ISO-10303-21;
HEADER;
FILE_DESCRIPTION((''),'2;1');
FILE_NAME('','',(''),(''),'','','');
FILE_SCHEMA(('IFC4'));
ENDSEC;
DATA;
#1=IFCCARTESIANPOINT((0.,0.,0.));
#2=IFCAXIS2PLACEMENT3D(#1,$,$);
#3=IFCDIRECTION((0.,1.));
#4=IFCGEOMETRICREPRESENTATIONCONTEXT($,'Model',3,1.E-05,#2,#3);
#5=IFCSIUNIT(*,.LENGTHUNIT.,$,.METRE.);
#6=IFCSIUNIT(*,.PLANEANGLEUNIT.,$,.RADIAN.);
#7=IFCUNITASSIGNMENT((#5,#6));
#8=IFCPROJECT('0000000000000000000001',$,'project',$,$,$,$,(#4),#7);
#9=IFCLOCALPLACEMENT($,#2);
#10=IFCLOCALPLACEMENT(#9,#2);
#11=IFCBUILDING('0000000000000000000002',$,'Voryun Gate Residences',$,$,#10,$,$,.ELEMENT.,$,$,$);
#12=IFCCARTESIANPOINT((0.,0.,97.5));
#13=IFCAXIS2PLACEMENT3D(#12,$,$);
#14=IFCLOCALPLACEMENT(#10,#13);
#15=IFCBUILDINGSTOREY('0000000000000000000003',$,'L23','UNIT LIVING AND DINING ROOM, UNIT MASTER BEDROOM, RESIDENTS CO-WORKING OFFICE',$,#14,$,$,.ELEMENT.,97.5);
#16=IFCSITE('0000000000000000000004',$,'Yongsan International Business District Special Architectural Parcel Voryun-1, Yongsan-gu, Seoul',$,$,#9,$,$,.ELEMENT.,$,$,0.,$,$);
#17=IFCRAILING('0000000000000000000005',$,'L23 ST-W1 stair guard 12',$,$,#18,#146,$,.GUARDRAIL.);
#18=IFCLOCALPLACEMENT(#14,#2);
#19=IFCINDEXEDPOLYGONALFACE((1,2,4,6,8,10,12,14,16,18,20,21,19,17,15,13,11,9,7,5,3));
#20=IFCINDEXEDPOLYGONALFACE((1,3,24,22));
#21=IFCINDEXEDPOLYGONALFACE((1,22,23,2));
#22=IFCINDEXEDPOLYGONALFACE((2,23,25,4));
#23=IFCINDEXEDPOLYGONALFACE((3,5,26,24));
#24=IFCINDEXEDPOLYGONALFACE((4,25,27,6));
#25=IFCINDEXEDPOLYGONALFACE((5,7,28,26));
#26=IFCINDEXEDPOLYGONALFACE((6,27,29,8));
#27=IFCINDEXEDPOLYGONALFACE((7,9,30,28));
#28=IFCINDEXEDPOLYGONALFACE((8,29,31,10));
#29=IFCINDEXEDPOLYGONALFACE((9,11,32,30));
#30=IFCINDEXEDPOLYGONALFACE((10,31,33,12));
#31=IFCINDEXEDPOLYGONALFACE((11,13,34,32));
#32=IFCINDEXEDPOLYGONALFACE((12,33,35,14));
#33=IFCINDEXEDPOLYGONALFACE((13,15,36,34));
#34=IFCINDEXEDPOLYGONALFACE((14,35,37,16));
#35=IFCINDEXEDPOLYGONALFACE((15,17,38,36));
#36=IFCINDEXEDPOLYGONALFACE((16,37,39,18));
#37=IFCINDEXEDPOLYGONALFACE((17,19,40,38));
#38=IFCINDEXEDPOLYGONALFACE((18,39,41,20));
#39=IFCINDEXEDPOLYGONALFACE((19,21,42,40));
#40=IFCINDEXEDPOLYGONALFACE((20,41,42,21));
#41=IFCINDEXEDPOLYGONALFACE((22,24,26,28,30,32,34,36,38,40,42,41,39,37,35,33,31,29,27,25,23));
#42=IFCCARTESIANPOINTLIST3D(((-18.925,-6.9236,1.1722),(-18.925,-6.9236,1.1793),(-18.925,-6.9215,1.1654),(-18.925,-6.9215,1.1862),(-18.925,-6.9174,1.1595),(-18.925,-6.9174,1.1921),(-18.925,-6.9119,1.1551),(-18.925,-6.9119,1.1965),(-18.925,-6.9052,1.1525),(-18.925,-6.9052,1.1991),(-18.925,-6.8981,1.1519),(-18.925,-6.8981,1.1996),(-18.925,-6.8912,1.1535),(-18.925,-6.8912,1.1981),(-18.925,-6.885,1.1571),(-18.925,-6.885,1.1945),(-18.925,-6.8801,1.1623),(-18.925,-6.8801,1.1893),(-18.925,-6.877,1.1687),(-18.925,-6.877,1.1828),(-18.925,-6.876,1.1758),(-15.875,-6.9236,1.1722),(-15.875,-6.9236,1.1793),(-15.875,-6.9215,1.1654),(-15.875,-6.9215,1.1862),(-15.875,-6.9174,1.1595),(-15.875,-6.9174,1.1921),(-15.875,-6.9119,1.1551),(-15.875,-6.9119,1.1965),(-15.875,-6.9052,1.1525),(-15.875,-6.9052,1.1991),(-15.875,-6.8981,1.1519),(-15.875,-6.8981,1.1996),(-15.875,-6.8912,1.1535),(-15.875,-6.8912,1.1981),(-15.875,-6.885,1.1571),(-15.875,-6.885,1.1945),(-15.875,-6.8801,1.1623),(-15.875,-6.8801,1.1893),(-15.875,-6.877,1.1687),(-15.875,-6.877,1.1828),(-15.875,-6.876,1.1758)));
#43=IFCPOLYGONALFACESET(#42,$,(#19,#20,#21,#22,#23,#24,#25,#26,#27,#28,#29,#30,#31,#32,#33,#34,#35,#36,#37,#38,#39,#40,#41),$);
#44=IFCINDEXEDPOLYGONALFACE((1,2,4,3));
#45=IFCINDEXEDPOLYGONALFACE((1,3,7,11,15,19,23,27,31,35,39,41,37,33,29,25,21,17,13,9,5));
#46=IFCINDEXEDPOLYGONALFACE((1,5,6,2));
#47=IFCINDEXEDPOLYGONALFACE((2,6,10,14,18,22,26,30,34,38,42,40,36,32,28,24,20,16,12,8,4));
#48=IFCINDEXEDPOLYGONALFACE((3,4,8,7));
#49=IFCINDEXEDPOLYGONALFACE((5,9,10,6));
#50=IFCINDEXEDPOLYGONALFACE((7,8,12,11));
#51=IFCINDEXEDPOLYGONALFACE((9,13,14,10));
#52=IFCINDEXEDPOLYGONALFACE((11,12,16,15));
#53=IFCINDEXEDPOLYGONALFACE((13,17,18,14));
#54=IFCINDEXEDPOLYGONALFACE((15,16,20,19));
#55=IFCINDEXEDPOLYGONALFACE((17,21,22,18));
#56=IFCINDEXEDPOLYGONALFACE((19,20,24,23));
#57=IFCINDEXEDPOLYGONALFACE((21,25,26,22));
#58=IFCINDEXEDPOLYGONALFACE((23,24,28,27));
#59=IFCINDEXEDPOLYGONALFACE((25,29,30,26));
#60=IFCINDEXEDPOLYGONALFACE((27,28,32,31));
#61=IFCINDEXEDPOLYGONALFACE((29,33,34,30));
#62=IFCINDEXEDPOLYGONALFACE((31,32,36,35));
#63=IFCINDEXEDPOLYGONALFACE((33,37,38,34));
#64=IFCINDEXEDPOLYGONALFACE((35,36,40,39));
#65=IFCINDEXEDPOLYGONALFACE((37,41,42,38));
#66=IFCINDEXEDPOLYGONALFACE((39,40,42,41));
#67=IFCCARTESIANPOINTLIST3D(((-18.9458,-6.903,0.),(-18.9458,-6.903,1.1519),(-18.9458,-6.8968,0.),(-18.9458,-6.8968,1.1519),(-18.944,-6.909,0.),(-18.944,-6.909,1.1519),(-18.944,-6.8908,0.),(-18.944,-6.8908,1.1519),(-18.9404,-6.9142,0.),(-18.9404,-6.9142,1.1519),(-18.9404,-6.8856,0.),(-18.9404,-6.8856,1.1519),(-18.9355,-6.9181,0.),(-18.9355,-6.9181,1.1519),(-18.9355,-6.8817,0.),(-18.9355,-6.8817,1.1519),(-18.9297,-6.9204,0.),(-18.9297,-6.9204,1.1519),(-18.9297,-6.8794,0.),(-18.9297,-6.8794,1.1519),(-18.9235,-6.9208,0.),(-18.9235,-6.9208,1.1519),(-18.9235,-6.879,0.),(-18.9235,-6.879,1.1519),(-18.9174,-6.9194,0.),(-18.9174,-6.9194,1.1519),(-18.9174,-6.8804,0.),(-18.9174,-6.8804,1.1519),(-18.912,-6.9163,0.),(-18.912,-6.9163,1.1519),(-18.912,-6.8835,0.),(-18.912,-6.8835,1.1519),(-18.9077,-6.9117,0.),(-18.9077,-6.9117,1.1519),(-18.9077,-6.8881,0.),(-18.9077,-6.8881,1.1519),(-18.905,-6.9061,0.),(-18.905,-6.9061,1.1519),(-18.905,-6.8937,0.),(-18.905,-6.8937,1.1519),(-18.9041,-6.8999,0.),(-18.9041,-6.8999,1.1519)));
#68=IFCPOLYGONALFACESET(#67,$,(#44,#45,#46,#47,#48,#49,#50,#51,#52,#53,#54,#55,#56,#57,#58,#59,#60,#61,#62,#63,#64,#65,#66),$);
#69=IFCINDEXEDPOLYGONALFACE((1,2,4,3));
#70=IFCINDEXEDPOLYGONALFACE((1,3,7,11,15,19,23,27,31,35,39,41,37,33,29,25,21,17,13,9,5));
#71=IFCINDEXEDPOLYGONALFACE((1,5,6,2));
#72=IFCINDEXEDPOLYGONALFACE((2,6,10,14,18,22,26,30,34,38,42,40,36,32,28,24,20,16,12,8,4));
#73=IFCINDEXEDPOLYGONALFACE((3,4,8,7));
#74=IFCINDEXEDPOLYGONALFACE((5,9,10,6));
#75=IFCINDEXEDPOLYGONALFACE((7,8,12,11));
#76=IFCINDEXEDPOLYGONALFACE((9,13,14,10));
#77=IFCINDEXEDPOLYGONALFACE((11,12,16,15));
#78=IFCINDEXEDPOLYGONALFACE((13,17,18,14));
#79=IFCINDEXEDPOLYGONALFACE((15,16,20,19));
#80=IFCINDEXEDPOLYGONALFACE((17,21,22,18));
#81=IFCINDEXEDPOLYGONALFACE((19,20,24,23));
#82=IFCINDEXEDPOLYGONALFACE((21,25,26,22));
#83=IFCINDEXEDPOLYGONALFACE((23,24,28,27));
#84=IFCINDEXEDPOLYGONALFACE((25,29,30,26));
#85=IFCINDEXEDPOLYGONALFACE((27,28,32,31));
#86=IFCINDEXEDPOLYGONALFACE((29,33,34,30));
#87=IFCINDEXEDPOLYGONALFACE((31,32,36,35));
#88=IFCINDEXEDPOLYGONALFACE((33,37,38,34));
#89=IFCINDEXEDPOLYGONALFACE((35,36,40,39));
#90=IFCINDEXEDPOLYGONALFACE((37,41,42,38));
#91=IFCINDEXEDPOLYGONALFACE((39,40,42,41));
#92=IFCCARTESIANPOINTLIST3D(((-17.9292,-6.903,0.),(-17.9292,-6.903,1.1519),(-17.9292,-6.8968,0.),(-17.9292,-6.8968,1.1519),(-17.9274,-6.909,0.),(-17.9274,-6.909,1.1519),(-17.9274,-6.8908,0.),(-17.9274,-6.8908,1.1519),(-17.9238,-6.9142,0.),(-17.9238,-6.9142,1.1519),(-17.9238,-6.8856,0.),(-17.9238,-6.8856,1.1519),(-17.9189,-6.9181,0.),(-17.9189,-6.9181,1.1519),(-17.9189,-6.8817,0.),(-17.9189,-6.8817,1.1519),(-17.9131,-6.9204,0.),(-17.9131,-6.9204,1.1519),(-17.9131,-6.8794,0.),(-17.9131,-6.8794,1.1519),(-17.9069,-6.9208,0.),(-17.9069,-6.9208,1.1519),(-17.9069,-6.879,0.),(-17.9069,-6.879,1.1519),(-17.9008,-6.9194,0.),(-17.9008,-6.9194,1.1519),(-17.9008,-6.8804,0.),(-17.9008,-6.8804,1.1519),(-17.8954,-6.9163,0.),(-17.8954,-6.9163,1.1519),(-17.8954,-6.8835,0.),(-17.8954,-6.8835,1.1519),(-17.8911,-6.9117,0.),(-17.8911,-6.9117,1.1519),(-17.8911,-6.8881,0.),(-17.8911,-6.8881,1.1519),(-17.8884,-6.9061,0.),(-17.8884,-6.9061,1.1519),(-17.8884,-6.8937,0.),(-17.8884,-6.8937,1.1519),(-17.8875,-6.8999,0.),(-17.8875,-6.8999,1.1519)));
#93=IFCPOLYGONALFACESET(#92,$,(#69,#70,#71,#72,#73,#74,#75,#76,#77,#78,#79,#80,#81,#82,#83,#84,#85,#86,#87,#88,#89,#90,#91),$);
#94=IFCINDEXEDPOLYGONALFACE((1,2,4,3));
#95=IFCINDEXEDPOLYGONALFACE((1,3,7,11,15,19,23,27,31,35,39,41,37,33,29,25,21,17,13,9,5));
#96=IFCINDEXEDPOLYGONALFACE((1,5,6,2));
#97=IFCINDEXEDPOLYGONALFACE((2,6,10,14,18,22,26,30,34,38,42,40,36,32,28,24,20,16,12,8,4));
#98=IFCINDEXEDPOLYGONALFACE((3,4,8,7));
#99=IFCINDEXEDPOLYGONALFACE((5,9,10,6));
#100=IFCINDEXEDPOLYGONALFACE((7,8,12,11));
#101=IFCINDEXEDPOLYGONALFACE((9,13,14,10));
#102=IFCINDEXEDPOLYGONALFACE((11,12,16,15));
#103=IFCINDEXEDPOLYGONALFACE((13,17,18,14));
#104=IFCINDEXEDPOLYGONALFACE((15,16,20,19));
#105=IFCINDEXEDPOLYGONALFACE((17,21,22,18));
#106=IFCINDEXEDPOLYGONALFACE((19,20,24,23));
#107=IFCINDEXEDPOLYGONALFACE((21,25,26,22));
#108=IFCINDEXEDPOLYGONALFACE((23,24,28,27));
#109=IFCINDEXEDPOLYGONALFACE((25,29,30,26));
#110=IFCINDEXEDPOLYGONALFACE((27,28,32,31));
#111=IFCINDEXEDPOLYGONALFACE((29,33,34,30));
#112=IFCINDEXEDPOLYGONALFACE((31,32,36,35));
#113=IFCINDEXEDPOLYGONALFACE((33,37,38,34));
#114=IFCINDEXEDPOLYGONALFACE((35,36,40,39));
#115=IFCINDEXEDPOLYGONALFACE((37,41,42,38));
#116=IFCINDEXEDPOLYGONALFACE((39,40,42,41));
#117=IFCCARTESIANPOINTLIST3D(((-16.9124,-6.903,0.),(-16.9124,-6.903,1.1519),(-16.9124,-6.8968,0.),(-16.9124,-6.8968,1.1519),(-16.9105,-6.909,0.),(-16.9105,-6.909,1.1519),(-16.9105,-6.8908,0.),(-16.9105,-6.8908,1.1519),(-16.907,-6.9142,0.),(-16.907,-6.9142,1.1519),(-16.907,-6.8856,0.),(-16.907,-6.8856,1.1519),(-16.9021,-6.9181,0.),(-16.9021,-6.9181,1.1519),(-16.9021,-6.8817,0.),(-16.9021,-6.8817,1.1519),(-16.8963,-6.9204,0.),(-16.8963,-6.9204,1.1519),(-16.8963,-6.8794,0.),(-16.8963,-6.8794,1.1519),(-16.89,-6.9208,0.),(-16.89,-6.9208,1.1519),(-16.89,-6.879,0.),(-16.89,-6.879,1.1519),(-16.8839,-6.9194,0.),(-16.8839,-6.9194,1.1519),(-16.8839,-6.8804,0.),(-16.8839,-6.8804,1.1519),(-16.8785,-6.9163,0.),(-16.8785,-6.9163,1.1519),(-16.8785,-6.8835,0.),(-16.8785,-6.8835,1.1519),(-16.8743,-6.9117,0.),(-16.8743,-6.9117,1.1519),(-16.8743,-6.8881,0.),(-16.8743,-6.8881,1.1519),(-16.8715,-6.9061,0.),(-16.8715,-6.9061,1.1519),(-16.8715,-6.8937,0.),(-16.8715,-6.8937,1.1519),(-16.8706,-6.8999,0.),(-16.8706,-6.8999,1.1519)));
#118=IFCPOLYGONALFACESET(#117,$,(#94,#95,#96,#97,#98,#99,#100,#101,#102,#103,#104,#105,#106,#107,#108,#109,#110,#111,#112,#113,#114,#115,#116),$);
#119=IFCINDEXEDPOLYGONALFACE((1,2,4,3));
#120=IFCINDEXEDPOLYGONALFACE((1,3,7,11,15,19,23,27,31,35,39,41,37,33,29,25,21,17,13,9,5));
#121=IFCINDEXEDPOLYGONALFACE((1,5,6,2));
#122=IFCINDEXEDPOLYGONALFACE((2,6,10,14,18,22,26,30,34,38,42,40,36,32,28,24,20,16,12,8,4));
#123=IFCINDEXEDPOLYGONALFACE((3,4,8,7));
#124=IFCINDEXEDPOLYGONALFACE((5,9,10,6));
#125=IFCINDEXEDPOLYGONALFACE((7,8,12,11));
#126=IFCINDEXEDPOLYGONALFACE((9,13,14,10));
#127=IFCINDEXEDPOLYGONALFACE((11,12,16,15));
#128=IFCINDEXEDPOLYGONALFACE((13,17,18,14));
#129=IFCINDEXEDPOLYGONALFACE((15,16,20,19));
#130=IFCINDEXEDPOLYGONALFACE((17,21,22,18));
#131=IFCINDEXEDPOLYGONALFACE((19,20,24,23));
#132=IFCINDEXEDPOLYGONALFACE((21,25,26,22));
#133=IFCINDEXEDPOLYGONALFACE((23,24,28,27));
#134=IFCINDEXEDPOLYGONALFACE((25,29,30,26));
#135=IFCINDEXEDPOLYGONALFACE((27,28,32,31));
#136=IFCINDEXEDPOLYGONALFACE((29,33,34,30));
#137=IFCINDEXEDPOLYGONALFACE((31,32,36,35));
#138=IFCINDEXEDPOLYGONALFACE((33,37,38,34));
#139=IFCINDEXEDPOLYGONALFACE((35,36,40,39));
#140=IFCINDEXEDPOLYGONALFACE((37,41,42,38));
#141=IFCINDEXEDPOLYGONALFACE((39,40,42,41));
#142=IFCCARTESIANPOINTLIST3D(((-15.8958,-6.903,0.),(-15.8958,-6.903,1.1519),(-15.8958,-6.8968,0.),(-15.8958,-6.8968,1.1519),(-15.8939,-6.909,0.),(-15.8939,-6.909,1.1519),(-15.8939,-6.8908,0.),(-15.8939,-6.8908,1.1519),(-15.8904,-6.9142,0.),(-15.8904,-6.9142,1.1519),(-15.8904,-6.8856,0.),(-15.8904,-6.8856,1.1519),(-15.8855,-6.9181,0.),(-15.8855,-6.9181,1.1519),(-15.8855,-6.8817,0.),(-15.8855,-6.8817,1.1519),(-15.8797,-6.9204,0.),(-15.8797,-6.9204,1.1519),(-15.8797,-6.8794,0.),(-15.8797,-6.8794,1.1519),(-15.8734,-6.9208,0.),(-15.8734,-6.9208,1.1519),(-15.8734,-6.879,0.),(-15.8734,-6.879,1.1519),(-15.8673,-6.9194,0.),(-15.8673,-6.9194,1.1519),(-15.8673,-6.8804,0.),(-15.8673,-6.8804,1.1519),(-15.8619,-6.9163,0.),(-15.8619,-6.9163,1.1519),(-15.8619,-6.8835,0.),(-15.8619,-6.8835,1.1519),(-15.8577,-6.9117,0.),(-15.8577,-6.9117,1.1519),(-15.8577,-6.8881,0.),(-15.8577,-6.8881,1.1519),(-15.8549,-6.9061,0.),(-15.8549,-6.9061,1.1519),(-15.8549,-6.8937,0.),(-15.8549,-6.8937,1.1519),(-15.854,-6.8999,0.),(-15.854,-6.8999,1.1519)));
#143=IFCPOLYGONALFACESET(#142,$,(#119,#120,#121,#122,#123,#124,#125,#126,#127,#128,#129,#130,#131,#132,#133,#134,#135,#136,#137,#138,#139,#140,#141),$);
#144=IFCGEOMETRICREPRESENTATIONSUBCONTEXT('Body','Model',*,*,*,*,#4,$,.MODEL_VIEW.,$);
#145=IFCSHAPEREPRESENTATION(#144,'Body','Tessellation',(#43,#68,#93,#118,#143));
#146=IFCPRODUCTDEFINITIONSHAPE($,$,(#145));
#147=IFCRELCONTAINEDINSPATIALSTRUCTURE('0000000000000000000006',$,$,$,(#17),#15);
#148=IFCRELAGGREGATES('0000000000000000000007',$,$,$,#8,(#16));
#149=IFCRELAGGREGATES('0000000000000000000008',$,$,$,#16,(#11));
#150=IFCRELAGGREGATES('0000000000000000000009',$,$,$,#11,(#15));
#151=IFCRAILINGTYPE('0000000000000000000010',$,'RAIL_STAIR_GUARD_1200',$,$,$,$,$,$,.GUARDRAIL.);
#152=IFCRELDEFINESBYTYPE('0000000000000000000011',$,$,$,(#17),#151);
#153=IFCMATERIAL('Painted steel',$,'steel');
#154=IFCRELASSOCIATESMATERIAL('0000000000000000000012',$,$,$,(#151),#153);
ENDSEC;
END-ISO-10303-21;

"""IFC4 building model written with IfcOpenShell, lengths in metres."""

from ifc_helpers import new_model, si_unit, direction, frame, origin, origin_2d, place, context, subcontext, project, spatial, circle, extrude, material, type_object, element, save


model = new_model("IFC4")

# Units and contexts
model_context = context("Model", 3, precision=1e-05, world=origin(), true_north=direction((0.0, 1.0)))
body_context = subcontext(model_context, "Body", "Model", "MODEL_VIEW")
ifc_project = project(units=[si_unit("LENGTHUNIT", "METRE"), si_unit("PLANEANGLEUNIT", "RADIAN")], contexts=[model_context])

# Site, building, storey
site_placement = place(None, origin())
site = spatial("IfcSite", under=ifc_project, at=site_placement, Name="Yongsan International Business District Special Architectural Parcel Voryun-1, Yongsan-gu, Seoul", CompositionType="ELEMENT", RefElevation=0.0)
building_placement = place(site_placement, origin())
building = spatial("IfcBuilding", under=site, at=building_placement, Name="Voryun Gate Residences", CompositionType="ELEMENT")
storey_placement = place(building_placement, frame((0.0, 0.0, 97.5)))
storey = spatial("IfcBuildingStorey", under=building, at=storey_placement, Name="L23", Description="UNIT LIVING AND DINING ROOM, UNIT MASTER BEDROOM, RESIDENTS CO-WORKING OFFICE", CompositionType="ELEMENT", Elevation=97.5)

# Railing
ifc_material_1 = material(Name="Painted steel", Category="steel")
railing_type = type_object("IfcRailingType", Name="RAIL_STAIR_GUARD_1200", PredefinedType="GUARDRAIL", material=ifc_material_1)
railing_1_placement = place(storey_placement, frame((-18.925, -6.8999, 0.0)))
element("IfcRailing", 1, at=railing_1_placement, inside=storey, type_object=railing_type, Name="L23 ST-W1 stair guard 12", PredefinedType="GUARDRAIL", context=body_context, shape_type="SweptSolid", body=[
    extrude(circle(Radius=0.0239, at=origin_2d()), frame((0.0, 0.0, 1.1758), z_axis=(1.0, 0.0, 0.0), x_axis=(0.0, 1.0, 0.0)), (0.0, 0.0, 1.0), 3.05),
    extrude(circle(Radius=0.021, at=origin_2d()), origin(), (0.0, 0.0, 1.0), 1.1519),
    extrude(circle(Radius=0.021, at=origin_2d()), frame((1.0166, 0.0, 0.0)), (0.0, 0.0, 1.0), 1.1519),
    extrude(circle(Radius=0.021, at=origin_2d()), frame((2.0334, 0.0, 0.0)), (0.0, 0.0, 1.0), 1.1519),
    extrude(circle(Radius=0.021, at=origin_2d()), frame((3.05, 0.0, 0.0)), (0.0, 0.0, 1.0), 1.1519),
])

save(model, "model.ifc")
